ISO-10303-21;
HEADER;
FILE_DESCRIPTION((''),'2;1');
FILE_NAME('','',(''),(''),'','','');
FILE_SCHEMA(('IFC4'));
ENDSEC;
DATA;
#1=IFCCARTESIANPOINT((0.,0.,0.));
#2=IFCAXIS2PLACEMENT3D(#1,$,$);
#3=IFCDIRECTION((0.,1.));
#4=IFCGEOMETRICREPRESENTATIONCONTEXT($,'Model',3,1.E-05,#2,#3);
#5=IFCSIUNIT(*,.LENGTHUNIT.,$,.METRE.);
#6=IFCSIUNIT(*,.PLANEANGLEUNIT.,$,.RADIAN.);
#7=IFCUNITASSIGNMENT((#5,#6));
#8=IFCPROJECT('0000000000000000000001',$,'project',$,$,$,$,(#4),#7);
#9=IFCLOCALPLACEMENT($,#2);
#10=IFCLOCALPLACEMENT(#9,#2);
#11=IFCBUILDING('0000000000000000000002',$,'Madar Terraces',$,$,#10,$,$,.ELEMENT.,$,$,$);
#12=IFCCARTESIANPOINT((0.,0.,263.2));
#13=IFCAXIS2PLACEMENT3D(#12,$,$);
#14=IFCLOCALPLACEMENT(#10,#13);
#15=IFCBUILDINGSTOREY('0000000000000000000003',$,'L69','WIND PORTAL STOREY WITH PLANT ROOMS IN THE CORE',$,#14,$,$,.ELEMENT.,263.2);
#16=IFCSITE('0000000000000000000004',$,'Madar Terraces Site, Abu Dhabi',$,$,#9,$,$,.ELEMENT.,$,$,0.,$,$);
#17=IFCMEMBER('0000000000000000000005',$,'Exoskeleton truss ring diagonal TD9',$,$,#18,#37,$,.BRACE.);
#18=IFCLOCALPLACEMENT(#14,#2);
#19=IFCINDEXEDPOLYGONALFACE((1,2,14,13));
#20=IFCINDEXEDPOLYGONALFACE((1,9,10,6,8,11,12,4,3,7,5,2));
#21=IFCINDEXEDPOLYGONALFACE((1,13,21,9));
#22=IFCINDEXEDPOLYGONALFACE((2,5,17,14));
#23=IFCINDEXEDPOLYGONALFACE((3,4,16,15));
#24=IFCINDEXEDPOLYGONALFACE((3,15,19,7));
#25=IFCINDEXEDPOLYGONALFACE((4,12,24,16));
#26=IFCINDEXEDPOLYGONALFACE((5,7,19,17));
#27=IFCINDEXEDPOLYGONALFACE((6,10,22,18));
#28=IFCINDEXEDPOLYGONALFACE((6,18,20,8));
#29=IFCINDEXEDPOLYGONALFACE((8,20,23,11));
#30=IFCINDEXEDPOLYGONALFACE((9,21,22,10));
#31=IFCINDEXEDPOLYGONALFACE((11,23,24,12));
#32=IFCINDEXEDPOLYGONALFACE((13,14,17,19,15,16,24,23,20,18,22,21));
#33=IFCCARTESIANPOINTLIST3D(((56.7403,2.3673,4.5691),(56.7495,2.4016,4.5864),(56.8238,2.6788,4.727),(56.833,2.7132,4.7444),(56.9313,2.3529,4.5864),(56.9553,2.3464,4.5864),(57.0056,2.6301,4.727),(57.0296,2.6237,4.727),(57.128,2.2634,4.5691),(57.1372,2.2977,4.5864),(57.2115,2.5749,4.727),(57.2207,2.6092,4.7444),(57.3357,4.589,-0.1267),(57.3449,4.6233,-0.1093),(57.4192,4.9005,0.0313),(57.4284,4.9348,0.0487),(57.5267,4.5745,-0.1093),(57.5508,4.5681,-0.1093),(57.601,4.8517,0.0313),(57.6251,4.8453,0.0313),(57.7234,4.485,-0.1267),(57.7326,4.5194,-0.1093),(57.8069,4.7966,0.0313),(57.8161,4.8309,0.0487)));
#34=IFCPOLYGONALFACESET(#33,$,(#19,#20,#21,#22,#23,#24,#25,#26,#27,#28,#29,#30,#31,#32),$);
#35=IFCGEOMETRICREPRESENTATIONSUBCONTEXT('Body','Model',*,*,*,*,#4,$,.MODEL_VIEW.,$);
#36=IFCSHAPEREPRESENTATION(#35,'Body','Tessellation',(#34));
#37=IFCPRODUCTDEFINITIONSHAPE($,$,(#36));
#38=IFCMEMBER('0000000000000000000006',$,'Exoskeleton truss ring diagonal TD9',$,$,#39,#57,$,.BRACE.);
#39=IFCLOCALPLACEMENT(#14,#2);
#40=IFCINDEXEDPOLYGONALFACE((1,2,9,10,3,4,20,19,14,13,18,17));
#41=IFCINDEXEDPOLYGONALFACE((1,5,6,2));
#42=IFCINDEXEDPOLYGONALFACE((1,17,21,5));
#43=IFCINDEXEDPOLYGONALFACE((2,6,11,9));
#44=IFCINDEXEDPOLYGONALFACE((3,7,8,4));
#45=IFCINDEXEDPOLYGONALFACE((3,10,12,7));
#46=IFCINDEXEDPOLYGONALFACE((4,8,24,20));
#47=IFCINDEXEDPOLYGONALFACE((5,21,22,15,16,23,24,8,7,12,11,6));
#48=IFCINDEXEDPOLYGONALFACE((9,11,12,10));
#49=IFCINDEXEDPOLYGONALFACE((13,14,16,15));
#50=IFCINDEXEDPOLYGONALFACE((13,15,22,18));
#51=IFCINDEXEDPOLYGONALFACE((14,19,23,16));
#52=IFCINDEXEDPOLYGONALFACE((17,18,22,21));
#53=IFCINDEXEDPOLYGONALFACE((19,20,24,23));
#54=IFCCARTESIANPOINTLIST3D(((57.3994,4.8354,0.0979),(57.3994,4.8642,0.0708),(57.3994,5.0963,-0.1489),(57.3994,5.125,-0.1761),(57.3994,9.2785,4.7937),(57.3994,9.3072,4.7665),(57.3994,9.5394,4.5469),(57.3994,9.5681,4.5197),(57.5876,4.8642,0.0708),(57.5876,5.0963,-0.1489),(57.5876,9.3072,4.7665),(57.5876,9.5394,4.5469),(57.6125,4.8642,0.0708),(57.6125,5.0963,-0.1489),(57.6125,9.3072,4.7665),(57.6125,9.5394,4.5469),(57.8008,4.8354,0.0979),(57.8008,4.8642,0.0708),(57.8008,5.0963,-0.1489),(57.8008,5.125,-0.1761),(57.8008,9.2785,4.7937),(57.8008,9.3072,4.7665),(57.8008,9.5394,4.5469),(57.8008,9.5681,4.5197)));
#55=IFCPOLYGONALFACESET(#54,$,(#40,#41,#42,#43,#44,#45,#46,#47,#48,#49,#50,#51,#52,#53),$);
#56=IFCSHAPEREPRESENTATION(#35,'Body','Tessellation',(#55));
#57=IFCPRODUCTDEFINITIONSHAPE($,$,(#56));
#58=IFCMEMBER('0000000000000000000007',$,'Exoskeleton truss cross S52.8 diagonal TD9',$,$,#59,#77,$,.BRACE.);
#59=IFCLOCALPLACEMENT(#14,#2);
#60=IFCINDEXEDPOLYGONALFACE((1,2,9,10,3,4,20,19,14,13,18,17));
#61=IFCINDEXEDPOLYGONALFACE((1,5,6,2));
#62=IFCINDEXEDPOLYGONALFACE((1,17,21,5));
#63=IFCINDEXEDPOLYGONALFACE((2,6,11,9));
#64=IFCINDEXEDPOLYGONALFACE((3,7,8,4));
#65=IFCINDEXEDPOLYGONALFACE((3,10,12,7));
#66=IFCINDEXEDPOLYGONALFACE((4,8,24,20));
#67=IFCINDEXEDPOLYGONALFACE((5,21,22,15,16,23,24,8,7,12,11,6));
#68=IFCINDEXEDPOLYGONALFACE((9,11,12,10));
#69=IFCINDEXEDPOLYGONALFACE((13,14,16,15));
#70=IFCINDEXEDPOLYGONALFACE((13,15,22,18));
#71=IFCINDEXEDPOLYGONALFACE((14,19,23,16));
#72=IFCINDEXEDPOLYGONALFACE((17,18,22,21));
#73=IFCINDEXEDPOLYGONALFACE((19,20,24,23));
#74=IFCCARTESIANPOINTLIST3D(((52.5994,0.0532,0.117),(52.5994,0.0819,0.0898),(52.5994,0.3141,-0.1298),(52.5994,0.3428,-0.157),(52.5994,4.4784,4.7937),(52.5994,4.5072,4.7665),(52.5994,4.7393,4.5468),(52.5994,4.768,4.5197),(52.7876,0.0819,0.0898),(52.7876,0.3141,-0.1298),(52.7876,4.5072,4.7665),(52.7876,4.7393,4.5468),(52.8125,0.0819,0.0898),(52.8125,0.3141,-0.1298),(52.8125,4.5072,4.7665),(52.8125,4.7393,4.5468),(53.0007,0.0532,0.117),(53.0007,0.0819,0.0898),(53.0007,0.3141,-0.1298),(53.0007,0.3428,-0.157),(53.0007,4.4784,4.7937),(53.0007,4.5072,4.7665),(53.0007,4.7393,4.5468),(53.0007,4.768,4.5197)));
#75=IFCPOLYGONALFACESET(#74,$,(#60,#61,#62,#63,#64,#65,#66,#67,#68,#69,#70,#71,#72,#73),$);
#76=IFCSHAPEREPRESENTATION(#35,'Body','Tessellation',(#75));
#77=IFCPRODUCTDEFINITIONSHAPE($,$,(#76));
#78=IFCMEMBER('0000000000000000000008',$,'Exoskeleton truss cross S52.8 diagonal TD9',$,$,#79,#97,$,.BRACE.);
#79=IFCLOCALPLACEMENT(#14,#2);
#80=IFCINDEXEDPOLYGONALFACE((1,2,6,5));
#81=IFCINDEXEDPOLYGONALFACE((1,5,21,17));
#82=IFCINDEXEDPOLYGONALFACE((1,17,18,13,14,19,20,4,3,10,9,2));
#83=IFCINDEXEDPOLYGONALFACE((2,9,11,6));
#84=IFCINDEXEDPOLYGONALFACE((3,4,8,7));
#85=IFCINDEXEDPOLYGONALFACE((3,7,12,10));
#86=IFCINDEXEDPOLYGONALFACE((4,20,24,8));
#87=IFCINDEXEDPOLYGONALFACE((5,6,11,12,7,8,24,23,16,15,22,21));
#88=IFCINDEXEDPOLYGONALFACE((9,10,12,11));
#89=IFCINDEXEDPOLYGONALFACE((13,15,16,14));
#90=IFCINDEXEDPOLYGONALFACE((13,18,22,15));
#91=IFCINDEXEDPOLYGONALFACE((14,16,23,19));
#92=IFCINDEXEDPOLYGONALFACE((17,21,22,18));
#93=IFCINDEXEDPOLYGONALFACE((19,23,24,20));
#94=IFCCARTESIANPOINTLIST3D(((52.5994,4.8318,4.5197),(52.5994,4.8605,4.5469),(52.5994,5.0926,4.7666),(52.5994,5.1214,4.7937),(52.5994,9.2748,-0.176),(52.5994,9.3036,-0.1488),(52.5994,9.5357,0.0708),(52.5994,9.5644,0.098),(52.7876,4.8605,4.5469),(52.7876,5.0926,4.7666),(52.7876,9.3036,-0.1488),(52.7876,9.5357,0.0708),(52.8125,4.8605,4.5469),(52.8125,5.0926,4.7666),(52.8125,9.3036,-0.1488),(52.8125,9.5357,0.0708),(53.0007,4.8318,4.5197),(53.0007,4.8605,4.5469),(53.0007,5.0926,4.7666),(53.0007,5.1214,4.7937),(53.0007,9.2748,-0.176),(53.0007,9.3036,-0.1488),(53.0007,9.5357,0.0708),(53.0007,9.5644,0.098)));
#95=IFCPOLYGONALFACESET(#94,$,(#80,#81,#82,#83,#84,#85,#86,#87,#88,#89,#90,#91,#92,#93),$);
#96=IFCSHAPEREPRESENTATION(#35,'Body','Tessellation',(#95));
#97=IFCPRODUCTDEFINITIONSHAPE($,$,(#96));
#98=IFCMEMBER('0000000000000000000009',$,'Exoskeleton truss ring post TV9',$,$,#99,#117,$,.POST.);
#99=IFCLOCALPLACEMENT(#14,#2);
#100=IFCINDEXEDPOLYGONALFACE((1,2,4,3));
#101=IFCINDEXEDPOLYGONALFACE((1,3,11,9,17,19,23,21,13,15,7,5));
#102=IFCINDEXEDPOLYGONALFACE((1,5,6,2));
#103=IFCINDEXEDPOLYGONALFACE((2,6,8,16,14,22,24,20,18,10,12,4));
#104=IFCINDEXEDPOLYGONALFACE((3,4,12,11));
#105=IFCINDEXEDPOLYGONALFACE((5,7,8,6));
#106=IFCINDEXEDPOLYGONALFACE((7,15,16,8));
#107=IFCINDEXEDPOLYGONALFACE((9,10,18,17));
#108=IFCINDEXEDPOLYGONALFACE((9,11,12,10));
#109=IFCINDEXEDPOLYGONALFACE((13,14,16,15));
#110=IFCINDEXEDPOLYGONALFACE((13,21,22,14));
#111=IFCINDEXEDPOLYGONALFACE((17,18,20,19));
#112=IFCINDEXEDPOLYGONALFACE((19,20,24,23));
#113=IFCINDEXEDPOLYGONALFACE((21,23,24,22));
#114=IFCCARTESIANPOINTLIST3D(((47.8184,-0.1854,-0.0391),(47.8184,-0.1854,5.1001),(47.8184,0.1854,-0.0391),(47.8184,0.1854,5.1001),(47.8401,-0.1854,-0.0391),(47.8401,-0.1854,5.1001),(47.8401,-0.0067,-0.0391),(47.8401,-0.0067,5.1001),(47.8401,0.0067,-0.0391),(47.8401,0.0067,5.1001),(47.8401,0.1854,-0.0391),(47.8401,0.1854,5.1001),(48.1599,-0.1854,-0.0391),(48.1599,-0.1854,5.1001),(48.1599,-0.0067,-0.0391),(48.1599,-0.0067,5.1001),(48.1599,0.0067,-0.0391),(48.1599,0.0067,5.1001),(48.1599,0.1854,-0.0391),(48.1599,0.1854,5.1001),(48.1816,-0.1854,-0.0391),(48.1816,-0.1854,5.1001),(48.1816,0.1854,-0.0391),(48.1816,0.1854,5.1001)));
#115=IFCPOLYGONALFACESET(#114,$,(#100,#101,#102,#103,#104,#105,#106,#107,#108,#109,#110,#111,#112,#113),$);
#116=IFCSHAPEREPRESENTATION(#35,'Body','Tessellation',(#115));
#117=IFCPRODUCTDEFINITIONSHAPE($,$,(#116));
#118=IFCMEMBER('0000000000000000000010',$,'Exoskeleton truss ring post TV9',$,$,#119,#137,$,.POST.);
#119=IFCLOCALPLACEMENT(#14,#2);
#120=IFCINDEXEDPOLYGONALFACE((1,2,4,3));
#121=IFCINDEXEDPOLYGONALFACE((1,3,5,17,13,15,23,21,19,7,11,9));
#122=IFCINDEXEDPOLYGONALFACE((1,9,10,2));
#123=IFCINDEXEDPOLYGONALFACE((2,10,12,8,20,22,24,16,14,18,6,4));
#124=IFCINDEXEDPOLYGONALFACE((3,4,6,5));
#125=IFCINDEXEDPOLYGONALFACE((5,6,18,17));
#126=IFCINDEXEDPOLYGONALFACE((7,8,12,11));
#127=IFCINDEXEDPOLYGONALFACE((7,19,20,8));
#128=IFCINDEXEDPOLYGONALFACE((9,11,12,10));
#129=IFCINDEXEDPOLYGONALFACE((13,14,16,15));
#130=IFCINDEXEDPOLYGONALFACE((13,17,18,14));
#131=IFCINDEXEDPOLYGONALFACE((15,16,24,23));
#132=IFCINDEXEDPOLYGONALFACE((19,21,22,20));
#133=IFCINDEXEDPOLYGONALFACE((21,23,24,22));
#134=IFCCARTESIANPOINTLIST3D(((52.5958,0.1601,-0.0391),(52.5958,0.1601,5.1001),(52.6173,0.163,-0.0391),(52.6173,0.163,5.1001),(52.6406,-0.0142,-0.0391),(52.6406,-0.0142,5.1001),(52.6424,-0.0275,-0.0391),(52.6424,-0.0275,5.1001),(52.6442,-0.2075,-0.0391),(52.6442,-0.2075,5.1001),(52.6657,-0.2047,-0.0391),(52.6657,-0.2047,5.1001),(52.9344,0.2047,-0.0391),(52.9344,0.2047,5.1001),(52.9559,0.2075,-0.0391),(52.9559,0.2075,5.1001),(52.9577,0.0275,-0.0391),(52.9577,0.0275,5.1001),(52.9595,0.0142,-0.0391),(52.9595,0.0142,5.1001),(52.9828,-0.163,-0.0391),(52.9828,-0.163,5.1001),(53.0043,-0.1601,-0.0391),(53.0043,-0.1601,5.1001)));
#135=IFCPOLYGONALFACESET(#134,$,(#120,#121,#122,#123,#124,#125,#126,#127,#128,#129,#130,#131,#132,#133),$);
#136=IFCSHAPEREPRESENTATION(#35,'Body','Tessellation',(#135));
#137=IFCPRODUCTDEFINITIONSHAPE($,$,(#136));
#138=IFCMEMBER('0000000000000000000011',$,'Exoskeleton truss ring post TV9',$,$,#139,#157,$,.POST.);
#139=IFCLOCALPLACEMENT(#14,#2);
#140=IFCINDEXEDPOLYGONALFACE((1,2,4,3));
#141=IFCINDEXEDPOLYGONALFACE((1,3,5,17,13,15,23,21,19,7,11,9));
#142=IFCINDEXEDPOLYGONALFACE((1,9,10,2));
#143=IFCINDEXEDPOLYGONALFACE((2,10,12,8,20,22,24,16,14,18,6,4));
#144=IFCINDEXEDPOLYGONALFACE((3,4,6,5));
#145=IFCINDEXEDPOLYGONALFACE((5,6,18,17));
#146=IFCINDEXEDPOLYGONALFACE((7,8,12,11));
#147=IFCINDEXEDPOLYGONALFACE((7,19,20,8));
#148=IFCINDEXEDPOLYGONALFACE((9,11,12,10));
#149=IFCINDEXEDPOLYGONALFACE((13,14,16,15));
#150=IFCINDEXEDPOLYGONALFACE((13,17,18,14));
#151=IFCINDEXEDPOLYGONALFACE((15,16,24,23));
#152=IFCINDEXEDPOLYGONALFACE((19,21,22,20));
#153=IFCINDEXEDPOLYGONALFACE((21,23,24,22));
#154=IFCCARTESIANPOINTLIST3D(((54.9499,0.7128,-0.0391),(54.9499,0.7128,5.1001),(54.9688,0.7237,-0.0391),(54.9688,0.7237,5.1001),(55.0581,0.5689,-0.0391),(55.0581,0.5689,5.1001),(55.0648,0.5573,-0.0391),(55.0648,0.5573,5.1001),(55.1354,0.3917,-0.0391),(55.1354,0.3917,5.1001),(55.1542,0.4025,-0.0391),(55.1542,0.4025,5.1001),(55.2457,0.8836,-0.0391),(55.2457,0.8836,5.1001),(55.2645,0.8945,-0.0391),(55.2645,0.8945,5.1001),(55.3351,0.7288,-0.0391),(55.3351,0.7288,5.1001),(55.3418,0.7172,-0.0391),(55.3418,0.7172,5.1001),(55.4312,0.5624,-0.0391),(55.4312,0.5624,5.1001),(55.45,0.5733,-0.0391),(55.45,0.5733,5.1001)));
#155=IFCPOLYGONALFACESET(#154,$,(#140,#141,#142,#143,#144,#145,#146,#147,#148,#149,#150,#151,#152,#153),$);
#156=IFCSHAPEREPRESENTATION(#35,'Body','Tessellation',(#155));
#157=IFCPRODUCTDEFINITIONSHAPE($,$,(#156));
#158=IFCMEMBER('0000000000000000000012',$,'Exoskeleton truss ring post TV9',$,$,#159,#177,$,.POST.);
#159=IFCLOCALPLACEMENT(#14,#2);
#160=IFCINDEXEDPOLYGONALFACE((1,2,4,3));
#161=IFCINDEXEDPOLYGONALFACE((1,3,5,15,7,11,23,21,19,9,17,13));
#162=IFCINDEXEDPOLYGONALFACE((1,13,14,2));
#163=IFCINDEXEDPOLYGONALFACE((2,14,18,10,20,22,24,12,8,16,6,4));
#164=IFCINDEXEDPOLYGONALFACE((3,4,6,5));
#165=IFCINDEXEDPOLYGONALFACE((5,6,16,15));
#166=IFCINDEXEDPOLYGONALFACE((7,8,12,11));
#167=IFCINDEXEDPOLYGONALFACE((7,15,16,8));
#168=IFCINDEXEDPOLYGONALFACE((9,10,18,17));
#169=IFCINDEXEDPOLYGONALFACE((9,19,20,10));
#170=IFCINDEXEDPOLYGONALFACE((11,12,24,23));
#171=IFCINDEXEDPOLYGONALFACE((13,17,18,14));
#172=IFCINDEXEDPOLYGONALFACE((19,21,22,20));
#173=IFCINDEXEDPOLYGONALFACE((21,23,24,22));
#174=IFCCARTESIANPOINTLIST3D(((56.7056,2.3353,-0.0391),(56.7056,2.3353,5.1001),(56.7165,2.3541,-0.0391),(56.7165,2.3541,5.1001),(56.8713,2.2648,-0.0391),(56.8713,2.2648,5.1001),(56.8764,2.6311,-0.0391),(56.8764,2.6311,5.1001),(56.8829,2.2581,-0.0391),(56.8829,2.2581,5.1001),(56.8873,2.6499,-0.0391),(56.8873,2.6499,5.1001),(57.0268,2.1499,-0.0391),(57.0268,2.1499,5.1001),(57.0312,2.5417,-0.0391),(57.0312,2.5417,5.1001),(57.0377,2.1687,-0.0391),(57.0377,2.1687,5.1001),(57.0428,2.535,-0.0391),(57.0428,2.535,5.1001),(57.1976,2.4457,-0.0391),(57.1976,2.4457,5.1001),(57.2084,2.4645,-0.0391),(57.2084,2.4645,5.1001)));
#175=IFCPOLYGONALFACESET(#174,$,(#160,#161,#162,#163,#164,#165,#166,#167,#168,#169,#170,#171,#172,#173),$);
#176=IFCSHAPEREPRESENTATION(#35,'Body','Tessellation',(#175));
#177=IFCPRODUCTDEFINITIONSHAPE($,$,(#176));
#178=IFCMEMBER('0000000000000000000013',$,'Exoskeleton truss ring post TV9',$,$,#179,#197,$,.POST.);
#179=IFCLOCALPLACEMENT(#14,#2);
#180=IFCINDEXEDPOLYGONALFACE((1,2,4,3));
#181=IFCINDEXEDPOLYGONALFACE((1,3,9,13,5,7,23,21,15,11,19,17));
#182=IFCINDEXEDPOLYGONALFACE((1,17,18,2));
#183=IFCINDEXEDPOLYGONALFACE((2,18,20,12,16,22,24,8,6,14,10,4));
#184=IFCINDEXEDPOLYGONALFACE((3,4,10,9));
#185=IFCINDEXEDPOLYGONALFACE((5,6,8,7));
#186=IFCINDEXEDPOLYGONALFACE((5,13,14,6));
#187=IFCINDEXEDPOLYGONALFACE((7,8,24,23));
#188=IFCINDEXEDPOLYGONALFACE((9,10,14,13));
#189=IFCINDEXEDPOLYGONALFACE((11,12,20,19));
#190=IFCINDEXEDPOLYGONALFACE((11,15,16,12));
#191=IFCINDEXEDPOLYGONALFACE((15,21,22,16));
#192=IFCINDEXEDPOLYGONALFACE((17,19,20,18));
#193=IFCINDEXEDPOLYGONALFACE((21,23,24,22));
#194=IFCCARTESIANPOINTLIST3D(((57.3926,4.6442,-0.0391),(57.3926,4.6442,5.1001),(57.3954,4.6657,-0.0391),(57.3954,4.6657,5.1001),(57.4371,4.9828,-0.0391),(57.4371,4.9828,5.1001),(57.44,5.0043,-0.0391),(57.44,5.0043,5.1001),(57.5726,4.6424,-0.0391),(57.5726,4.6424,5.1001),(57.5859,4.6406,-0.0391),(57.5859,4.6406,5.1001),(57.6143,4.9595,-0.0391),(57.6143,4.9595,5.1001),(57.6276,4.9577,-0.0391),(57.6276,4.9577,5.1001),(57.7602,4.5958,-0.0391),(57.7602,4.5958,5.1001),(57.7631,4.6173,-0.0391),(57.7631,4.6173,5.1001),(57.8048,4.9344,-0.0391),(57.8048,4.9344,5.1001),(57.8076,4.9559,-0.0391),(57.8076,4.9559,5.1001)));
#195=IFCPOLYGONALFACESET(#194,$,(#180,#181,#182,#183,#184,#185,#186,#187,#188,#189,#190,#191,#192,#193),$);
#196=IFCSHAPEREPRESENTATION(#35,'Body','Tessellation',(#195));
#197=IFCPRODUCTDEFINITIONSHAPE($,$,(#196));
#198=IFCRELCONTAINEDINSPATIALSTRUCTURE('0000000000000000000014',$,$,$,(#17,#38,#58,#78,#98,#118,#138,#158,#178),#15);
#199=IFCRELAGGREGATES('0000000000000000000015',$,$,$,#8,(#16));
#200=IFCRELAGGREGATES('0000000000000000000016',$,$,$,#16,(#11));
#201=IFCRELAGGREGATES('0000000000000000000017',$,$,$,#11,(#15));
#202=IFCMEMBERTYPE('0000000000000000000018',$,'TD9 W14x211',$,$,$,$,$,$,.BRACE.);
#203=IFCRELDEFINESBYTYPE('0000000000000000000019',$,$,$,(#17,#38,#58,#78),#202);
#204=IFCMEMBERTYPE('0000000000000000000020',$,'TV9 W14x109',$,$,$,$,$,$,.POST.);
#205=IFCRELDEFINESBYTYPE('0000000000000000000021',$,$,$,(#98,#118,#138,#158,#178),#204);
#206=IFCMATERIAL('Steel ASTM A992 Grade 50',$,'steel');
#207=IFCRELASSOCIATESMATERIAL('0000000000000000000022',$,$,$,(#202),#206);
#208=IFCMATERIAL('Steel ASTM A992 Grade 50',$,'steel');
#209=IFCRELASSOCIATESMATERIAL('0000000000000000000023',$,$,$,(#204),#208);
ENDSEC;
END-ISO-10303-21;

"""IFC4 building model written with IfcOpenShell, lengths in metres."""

from ifc_helpers import new_model, si_unit, direction, frame, origin, origin_2d, place, context, subcontext, project, spatial, i_section, extrude, material, material_profile, profile_set, type_object, element, save


model = new_model("IFC4")

# Units and contexts
model_context = context("Model", 3, precision=1e-05, world=origin(), true_north=direction((0.0, 1.0)))
body_context = subcontext(model_context, "Body", "Model", "MODEL_VIEW")
ifc_project = project(units=[si_unit("LENGTHUNIT", "METRE"), si_unit("PLANEANGLEUNIT", "RADIAN")], contexts=[model_context])

# Site, building, storey
site_placement = place(None, origin())
site = spatial("IfcSite", under=ifc_project, at=site_placement, Name="Madar Terraces Site, Abu Dhabi", CompositionType="ELEMENT", RefElevation=0.0)
building_placement = place(site_placement, origin())
building = spatial("IfcBuilding", under=site, at=building_placement, Name="Madar Terraces", CompositionType="ELEMENT")
storey_placement = place(building_placement, frame((0.0, 0.0, 263.2)))
storey = spatial("IfcBuildingStorey", under=building, at=storey_placement, Name="L69", Description="WIND PORTAL STOREY WITH PLANT ROOMS IN THE CORE", CompositionType="ELEMENT", Elevation=263.2)

# Members
ifc_material_1 = material(Name="Steel ASTM A992 Grade 50", Category="steel")
ifc_material_profile_1 = material_profile(ifc_material_1, i_section(OverallWidth=0.4014, OverallDepth=0.3987, WebThickness=0.0249, FlangeThickness=0.0396, at=origin_2d()), Name="W14x211")
ifc_profile_set_1 = profile_set([ifc_material_profile_1], Name="Steel ASTM A992 Grade 50")
member_type_1 = type_object("IfcMemberType", Name="TD9 W14x211", PredefinedType="BRACE", material=ifc_profile_set_1)
member_1_placement = place(storey_placement, frame((56.9805, 2.4883, 4.6567), z_axis=(0.113879, 0.424888, -0.898054), x_axis=(-0.965908, 0.258885, 0.0)))
element("IfcMember", 1, at=member_1_placement, inside=storey, type_object=member_type_1, Name="Exoskeleton truss ring diagonal TD9", PredefinedType="BRACE", context=body_context, shape_type="SweptSolid", body=[
    extrude(i_section(OverallWidth=0.4014, OverallDepth=0.3987, WebThickness=0.0249, FlangeThickness=0.0396, at=origin_2d()), origin(), (0.0, 0.0, 1.0), 5.2288),
])
member_2_placement = place(storey_placement, frame((57.6001, 4.9802, -0.0391), z_axis=(0.0, 0.687293, 0.72638), x_axis=(-1.0, 0.0, 0.0)))
element("IfcMember", 2, at=member_2_placement, inside=storey, type_object=member_type_1, Name="Exoskeleton truss ring diagonal TD9", PredefinedType="BRACE", context=body_context, shape_type="SweptSolid", body=[
    extrude(i_section(OverallWidth=0.4014, OverallDepth=0.3987, WebThickness=0.0249, FlangeThickness=0.0396, at=origin_2d()), origin(), (0.0, 0.0, 1.0), 6.4646),
])
member_3_placement = place(storey_placement, frame((52.8, 0.198, -0.02), z_axis=(0.0, 0.687309, 0.726365), x_axis=(-1.0, 0.0, 0.0)))
element("IfcMember", 3, at=member_3_placement, inside=storey, type_object=member_type_1, Name="Exoskeleton truss cross S52.8 diagonal TD9", PredefinedType="BRACE", context=body_context, shape_type="SweptSolid", body=[
    extrude(i_section(OverallWidth=0.4014, OverallDepth=0.3987, WebThickness=0.0249, FlangeThickness=0.0396, at=origin_2d()), origin(), (0.0, 0.0, 1.0), 6.4385),
])
member_4_placement = place(storey_placement, frame((52.8, 4.9766, 4.6567), z_axis=(0.0, 0.687293, -0.72638), x_axis=(-1.0, 0.0, 0.0)))
element("IfcMember", 4, at=member_4_placement, inside=storey, type_object=member_type_1, Name="Exoskeleton truss cross S52.8 diagonal TD9", PredefinedType="BRACE", context=body_context, shape_type="SweptSolid", body=[
    extrude(i_section(OverallWidth=0.4014, OverallDepth=0.3987, WebThickness=0.0249, FlangeThickness=0.0396, at=origin_2d()), origin(), (0.0, 0.0, 1.0), 6.4646),
])
ifc_material_2 = material(Name="Steel ASTM A992 Grade 50", Category="steel")
ifc_material_profile_2 = material_profile(ifc_material_2, i_section(OverallWidth=0.3708, OverallDepth=0.3633, WebThickness=0.0134, FlangeThickness=0.0217, at=origin_2d()), Name="W14x109")
ifc_profile_set_2 = profile_set([ifc_material_profile_2], Name="Steel ASTM A992 Grade 50")
member_type_2 = type_object("IfcMemberType", Name="TV9 W14x109", PredefinedType="POST", material=ifc_profile_set_2)
for number, where, z_axis, x_axis, name in (
    (5, (48.0, 0.0, -0.0391), (0.0, 0.0, 1.0), (0.0, 1.0, 0.0), "Exoskeleton truss ring post TV9"),
    (6, (52.8, 0.0, -0.0391), (0.0, 0.0, 1.0), (-0.130526, 0.991445, 0.0), "Exoskeleton truss ring post TV9"),
    (7, (55.2, 0.6431, -0.0391), (0.0, 0.0, 1.0), (-0.5, 0.866025, 0.0), "Exoskeleton truss ring post TV9"),
    (8, (56.957, 2.3999, -0.0391), (0.0, 0.0, 1.0), (-0.866025, 0.5, 0.0), "Exoskeleton truss ring post TV9"),
    (9, (57.6001, 4.8, -0.0391), (0.0, 0.0, 1.0), (-0.991445, 0.130526, 0.0), "Exoskeleton truss ring post TV9"),
):
    element("IfcMember", number, at=place(storey_placement, frame(where, z_axis=z_axis, x_axis=x_axis)), inside=storey, type_object=member_type_2, Name=name, PredefinedType="POST", context=body_context, shape_type="SweptSolid", body=[
        extrude(i_section(OverallWidth=0.3708, OverallDepth=0.3633, WebThickness=0.0134, FlangeThickness=0.0217, at=origin_2d()), origin(), (0.0, 0.0, 1.0), 5.1392),
    ])

save(model, "model.ifc")
